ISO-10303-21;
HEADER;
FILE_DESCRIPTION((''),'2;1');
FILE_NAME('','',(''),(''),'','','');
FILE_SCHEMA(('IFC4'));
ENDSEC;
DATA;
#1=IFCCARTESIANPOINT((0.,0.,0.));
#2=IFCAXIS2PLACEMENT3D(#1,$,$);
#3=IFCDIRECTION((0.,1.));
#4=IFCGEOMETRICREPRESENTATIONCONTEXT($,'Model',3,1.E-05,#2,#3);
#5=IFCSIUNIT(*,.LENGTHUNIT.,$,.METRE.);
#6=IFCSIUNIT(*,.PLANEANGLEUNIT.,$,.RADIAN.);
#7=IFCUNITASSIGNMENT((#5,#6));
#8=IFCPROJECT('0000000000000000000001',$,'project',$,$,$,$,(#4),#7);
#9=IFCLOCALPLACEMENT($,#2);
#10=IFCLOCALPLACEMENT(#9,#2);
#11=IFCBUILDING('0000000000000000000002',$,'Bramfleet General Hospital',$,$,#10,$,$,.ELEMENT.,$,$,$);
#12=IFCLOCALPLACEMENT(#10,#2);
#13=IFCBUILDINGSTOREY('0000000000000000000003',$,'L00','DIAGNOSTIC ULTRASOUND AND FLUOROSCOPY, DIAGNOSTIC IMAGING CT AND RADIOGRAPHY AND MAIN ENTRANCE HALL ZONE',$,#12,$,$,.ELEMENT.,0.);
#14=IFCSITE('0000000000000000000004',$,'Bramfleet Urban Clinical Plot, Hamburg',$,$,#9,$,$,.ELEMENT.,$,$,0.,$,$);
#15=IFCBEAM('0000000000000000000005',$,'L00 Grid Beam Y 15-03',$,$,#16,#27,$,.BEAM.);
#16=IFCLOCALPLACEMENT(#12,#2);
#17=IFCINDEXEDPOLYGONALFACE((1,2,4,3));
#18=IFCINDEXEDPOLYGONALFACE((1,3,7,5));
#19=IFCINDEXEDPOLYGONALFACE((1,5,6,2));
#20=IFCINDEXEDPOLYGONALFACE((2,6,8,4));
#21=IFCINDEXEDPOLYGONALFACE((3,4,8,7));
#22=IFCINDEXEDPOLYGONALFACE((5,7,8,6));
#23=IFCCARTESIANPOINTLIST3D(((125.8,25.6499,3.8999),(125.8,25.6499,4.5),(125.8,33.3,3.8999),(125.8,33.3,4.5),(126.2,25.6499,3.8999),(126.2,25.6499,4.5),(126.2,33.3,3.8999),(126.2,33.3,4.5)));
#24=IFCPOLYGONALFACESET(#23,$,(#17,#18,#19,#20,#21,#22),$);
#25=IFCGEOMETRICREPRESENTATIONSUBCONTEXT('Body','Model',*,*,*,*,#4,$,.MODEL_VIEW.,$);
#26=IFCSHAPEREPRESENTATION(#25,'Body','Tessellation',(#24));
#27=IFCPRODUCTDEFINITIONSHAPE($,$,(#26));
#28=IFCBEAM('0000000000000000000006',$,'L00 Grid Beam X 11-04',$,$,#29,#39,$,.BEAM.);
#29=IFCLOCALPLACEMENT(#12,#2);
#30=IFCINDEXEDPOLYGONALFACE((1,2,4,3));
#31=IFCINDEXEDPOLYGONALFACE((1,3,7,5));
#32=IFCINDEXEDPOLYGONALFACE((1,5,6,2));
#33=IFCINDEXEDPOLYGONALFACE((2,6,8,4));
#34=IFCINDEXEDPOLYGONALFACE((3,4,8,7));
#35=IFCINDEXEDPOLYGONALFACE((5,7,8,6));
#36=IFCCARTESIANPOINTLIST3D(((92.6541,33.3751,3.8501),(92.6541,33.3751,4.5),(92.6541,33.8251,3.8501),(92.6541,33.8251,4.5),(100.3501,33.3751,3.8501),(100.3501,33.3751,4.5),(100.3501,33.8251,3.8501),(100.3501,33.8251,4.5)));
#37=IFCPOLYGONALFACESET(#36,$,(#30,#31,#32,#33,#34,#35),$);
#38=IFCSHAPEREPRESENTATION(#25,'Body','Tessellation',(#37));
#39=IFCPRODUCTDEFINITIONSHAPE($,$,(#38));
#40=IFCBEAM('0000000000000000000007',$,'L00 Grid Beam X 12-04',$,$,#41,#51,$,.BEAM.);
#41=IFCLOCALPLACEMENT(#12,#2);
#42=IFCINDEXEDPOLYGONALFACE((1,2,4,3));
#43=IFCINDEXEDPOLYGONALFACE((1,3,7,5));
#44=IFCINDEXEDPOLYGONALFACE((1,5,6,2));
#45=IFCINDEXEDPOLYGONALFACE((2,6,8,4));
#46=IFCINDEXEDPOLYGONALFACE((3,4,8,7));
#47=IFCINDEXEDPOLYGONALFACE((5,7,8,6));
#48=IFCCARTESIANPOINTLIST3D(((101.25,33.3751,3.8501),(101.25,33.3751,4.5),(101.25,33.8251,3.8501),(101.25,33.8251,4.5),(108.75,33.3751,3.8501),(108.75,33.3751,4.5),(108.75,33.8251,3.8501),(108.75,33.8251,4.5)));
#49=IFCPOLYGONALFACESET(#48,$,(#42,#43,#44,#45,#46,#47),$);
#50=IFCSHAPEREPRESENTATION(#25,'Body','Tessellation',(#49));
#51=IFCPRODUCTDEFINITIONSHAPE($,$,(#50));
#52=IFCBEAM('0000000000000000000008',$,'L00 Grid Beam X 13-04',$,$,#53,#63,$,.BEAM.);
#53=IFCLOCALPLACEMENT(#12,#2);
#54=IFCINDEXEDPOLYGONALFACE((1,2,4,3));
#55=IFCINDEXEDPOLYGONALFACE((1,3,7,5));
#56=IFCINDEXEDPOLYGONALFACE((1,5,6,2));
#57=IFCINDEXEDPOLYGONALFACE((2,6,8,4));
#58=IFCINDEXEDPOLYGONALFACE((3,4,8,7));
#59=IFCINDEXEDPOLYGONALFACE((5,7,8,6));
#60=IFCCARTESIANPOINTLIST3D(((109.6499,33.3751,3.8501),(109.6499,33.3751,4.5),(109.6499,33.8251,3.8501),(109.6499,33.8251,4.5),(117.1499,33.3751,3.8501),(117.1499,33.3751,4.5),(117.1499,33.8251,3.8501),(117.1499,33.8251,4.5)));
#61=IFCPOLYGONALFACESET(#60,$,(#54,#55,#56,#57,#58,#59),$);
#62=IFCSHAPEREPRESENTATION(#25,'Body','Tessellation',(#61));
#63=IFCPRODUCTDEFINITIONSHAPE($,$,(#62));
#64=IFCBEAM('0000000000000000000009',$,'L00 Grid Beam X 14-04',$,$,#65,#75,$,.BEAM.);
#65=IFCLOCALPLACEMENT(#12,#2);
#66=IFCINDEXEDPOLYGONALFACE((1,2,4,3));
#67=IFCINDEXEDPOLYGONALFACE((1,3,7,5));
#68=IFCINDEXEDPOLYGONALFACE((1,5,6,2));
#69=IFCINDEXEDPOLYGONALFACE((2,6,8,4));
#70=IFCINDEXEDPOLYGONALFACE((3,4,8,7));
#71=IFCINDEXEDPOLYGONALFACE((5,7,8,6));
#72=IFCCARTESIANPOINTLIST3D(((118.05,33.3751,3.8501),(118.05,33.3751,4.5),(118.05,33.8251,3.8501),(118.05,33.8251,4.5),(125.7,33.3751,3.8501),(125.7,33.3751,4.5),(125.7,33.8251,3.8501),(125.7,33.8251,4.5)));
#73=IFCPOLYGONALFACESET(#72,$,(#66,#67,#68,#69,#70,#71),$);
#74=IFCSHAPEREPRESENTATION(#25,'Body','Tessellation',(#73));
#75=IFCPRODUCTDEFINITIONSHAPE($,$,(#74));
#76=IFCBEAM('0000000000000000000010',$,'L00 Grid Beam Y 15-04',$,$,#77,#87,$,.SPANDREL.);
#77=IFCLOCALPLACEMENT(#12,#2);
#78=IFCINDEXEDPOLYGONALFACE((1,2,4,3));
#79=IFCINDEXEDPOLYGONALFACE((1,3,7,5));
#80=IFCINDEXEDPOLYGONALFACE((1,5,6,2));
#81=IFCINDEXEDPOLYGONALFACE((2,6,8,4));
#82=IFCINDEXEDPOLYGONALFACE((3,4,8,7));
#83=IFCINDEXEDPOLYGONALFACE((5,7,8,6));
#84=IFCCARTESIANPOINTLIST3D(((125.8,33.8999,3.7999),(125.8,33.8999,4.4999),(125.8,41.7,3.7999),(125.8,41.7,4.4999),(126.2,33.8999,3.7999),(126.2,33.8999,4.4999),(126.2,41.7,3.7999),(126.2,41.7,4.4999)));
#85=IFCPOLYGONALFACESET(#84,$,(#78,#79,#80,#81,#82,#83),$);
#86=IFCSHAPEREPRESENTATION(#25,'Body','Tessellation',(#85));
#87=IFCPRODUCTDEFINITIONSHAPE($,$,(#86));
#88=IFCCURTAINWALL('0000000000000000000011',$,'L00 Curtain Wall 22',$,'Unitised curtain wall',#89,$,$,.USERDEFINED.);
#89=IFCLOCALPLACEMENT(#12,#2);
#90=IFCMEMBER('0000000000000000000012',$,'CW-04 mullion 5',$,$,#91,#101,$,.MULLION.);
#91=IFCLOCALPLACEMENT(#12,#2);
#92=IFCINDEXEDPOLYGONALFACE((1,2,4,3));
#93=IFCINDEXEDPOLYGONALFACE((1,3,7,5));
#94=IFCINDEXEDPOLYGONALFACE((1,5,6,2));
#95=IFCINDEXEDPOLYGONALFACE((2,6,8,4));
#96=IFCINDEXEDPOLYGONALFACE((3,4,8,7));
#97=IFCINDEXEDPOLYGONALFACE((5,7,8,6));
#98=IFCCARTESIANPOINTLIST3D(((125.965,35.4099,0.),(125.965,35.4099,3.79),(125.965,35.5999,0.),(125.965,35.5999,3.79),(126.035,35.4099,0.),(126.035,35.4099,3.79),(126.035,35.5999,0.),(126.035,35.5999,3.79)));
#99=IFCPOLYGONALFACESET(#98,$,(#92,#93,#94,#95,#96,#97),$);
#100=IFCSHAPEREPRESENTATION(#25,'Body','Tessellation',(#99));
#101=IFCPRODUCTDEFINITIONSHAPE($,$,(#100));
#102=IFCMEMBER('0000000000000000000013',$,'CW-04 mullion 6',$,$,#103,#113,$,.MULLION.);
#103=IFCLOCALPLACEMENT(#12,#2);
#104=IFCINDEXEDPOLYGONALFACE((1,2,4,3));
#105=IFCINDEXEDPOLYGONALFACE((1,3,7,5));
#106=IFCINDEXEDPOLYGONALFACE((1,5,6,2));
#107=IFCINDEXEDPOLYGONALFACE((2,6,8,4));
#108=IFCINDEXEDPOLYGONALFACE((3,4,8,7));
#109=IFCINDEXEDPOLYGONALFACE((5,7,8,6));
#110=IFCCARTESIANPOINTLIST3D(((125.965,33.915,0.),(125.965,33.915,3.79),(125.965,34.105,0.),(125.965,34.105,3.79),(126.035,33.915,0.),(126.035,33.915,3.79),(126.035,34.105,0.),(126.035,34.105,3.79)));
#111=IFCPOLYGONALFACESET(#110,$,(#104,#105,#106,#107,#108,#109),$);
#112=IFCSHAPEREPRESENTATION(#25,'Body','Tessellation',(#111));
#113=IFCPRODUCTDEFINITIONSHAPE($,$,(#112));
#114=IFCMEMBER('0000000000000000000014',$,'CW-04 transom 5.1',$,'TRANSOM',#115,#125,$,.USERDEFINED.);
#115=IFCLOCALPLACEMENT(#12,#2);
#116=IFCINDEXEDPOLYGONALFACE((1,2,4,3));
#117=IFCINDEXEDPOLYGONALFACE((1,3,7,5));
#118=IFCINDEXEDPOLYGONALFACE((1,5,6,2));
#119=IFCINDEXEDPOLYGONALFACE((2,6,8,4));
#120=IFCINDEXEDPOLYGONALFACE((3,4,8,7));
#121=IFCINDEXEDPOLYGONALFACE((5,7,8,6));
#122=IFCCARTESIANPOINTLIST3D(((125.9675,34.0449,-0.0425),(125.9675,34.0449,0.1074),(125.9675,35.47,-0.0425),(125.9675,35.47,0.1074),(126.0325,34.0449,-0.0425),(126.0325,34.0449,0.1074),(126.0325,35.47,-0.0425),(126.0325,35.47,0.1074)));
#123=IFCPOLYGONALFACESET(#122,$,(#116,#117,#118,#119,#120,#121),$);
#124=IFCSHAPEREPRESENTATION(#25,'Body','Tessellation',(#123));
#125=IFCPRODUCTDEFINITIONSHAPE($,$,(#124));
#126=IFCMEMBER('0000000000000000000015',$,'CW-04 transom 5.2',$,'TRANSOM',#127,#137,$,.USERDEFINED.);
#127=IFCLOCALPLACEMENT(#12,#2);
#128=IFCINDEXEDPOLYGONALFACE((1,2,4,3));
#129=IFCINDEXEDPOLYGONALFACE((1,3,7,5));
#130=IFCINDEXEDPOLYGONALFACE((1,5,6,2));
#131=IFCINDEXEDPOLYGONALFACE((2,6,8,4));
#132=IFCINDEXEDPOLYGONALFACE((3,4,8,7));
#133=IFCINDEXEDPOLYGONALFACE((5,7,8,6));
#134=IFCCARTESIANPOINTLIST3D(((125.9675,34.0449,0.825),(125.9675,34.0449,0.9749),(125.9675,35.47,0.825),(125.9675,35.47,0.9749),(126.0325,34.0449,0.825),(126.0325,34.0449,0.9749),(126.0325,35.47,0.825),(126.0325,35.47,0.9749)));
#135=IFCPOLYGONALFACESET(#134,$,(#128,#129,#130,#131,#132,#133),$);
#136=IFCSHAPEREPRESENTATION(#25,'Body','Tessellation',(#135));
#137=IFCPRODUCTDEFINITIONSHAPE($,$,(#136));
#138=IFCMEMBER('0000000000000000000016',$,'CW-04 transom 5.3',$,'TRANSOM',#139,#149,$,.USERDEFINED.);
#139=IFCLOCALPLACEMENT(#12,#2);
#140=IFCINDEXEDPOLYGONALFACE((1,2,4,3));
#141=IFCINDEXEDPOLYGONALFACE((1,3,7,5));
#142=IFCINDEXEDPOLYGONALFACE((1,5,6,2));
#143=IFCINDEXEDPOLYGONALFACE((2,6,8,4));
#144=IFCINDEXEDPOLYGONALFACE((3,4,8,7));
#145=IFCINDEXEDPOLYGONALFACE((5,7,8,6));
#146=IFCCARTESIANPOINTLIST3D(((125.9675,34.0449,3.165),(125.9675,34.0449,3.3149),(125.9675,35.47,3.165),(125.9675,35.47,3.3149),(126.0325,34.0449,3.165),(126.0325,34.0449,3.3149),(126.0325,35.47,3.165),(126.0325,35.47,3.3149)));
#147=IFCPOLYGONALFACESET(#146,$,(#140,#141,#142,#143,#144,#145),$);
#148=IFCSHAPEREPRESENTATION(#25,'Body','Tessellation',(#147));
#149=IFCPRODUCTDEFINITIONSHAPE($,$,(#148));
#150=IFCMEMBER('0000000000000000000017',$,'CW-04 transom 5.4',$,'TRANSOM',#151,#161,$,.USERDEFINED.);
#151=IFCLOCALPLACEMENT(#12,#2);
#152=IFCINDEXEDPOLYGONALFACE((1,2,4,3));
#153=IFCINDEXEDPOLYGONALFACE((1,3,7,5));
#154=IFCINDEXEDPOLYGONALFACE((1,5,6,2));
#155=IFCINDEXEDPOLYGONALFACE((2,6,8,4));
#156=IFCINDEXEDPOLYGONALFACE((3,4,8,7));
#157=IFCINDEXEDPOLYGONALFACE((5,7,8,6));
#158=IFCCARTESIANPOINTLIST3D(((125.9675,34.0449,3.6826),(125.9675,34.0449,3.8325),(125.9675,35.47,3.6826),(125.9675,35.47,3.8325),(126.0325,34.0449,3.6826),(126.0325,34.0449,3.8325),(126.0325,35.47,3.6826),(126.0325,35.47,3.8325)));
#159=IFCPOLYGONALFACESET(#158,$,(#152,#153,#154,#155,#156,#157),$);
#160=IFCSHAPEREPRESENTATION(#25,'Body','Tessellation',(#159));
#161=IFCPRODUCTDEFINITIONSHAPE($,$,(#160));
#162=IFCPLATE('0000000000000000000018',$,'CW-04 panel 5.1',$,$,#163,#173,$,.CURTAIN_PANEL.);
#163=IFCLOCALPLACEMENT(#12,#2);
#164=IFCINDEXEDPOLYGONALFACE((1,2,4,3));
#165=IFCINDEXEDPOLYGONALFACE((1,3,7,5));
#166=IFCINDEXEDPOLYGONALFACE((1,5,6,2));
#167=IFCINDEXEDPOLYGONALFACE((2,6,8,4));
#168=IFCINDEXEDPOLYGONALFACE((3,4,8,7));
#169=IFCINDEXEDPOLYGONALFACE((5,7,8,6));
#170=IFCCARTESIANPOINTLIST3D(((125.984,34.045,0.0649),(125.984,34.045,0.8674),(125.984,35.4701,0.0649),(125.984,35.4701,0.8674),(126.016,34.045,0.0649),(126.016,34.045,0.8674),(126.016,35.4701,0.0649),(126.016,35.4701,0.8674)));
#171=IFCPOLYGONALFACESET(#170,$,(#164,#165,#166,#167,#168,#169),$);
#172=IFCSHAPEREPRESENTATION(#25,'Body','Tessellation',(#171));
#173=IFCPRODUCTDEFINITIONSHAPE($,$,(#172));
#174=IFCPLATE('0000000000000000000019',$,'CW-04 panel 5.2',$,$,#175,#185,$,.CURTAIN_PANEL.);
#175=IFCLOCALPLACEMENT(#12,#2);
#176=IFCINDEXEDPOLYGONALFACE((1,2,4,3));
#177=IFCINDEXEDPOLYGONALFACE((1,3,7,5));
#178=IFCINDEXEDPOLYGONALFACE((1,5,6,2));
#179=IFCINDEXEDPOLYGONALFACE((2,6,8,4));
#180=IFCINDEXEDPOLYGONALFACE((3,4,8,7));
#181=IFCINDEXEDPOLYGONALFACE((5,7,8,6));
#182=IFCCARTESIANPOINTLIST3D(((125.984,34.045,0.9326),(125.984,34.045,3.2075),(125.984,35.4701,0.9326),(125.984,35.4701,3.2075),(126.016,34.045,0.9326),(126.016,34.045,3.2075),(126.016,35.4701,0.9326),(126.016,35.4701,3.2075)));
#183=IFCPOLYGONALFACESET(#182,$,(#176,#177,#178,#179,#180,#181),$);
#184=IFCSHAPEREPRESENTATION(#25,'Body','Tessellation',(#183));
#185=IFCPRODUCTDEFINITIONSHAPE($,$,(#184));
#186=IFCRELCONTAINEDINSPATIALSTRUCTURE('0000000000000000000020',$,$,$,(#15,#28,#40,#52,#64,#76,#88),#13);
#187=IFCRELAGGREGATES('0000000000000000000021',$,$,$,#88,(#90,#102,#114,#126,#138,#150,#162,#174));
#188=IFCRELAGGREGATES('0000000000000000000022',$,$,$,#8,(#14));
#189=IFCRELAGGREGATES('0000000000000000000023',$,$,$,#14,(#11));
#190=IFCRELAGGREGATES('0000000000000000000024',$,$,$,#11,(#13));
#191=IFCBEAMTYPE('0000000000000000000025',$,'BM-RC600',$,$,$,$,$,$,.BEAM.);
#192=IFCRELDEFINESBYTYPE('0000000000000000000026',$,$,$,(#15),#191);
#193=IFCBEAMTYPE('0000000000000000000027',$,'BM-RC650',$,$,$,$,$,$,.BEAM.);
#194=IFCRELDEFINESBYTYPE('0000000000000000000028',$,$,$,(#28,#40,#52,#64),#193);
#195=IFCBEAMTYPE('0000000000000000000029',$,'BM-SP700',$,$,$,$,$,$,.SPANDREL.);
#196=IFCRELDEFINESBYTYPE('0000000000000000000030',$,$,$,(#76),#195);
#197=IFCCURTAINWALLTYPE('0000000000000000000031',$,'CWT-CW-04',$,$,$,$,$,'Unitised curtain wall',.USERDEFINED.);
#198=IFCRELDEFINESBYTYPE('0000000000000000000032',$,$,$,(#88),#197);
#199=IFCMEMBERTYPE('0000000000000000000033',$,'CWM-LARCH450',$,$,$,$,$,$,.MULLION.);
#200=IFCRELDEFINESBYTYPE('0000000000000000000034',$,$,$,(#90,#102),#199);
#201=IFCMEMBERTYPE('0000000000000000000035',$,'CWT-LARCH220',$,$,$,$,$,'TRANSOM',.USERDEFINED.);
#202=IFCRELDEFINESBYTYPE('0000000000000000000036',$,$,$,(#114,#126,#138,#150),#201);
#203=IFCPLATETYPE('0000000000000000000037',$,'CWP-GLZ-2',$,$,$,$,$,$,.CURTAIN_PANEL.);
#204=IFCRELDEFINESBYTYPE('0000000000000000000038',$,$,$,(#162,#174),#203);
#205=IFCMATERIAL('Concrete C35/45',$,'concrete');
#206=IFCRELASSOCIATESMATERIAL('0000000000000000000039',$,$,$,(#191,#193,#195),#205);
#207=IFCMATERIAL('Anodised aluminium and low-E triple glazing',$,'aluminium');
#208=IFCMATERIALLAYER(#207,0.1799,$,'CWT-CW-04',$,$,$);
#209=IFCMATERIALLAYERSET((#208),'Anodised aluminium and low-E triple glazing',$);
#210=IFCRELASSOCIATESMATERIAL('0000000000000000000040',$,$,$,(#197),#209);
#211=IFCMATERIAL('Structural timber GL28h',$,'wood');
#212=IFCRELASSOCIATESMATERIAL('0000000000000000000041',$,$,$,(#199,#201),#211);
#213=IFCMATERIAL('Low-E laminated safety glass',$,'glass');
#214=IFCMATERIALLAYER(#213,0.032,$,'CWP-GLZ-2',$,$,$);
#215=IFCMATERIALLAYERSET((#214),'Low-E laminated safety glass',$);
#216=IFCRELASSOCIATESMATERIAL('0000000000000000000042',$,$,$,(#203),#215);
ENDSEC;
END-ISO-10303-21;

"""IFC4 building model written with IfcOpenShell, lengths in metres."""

from ifc_helpers import new_model, si_unit, direction, frame, origin, origin_2d, place, context, subcontext, project, spatial, rectangle, extrude, material, layer, layer_set, material_profile, profile_set, type_object, element, aggregate, save


model = new_model("IFC4")

# Units and contexts
model_context = context("Model", 3, precision=1e-05, world=origin(), true_north=direction((0.0, 1.0)))
body_context = subcontext(model_context, "Body", "Model", "MODEL_VIEW")
ifc_project = project(units=[si_unit("LENGTHUNIT", "METRE"), si_unit("PLANEANGLEUNIT", "RADIAN")], contexts=[model_context])

# Site, building, storey
site_placement = place(None, origin())
site = spatial("IfcSite", under=ifc_project, at=site_placement, Name="Bramfleet Urban Clinical Plot, Hamburg", CompositionType="ELEMENT", RefElevation=0.0)
building_placement = place(site_placement, origin())
building = spatial("IfcBuilding", under=site, at=building_placement, Name="Bramfleet General Hospital", CompositionType="ELEMENT")
storey_placement = place(building_placement, origin())
storey = spatial("IfcBuildingStorey", under=building, at=storey_placement, Name="L00", Description="DIAGNOSTIC ULTRASOUND AND FLUOROSCOPY, DIAGNOSTIC IMAGING CT AND RADIOGRAPHY AND MAIN ENTRANCE HALL ZONE", CompositionType="ELEMENT", Elevation=0.0)

# Beams
ifc_material_1 = material(Name="Concrete C35/45", Category="concrete")
ifc_material_profile_1 = material_profile(ifc_material_1, rectangle(XDim=0.3999, YDim=0.6001, at=origin_2d()), Name="RC BM 600x400")
ifc_profile_set_1 = profile_set([ifc_material_profile_1], Name="Concrete C35/45")
beam_type_1 = type_object("IfcBeamType", Name="BM-RC600", PredefinedType="BEAM", material=ifc_profile_set_1)
beam_1_placement = place(storey_placement, frame((126.0, 25.6499, 4.2), z_axis=(0.0, 1.0, 0.0), x_axis=(-1.0, 0.0, 0.0)))
element("IfcBeam", 1, at=beam_1_placement, inside=storey, type_object=beam_type_1, Name="L00 Grid Beam Y 15-03", PredefinedType="BEAM", context=body_context, shape_type="SweptSolid", body=[
    extrude(rectangle(XDim=0.3999, YDim=0.6001, at=origin_2d()), origin(), (0.0, 0.0, 1.0), 7.6501),
])
ifc_material_profile_2 = material_profile(ifc_material_1, rectangle(XDim=0.45, YDim=0.6499, at=origin_2d()), Name="RC BM 650x450")
ifc_profile_set_2 = profile_set([ifc_material_profile_2], Name="Concrete C35/45")
beam_type_2 = type_object("IfcBeamType", Name="BM-RC650", PredefinedType="BEAM", material=ifc_profile_set_2)
beam_2_placement = place(storey_placement, frame((92.6541, 33.6001, 4.175), z_axis=(1.0, 0.0, 0.0), x_axis=(0.0, 1.0, 0.0)))
element("IfcBeam", 2, at=beam_2_placement, inside=storey, type_object=beam_type_2, Name="L00 Grid Beam X 11-04", PredefinedType="BEAM", context=body_context, shape_type="SweptSolid", body=[
    extrude(rectangle(XDim=0.45, YDim=0.6499, at=origin_2d()), origin(), (0.0, 0.0, 1.0), 7.696),
])
for number, where, z_axis, x_axis, name in (
    (3, (101.25, 33.6001, 4.175), (1.0, 0.0, 0.0), (0.0, 1.0, 0.0), "L00 Grid Beam X 12-04"),
    (4, (109.6499, 33.6001, 4.175), (1.0, 0.0, 0.0), (0.0, 1.0, 0.0), "L00 Grid Beam X 13-04"),
):
    element("IfcBeam", number, at=place(storey_placement, frame(where, z_axis=z_axis, x_axis=x_axis)), inside=storey, type_object=beam_type_2, Name=name, PredefinedType="BEAM", context=body_context, shape_type="SweptSolid", body=[
        extrude(rectangle(XDim=0.45, YDim=0.6499, at=origin_2d()), origin(), (0.0, 0.0, 1.0), 7.5),
    ])
beam_3_placement = place(storey_placement, frame((118.05, 33.6001, 4.175), z_axis=(1.0, 0.0, 0.0), x_axis=(0.0, 1.0, 0.0)))
element("IfcBeam", 5, at=beam_3_placement, inside=storey, type_object=beam_type_2, Name="L00 Grid Beam X 14-04", PredefinedType="BEAM", context=body_context, shape_type="SweptSolid", body=[
    extrude(rectangle(XDim=0.45, YDim=0.6499, at=origin_2d()), origin(), (0.0, 0.0, 1.0), 7.6499),
])
ifc_material_profile_3 = material_profile(ifc_material_1, rectangle(XDim=0.3999, YDim=0.7, at=origin_2d()), Name="RC SP 700x400")
ifc_profile_set_3 = profile_set([ifc_material_profile_3], Name="Concrete C35/45")
beam_type_3 = type_object("IfcBeamType", Name="BM-SP700", PredefinedType="SPANDREL", material=ifc_profile_set_3)
beam_4_placement = place(storey_placement, frame((126.0, 33.8999, 4.1499), z_axis=(0.0, 1.0, 0.0), x_axis=(-1.0, 0.0, 0.0)))
element("IfcBeam", 6, at=beam_4_placement, inside=storey, type_object=beam_type_3, Name="L00 Grid Beam Y 15-04", PredefinedType="SPANDREL", context=body_context, shape_type="SweptSolid", body=[
    extrude(rectangle(XDim=0.3999, YDim=0.7, at=origin_2d()), origin(), (0.0, 0.0, 1.0), 7.8),
])

# Curtain wall, members, plates
ifc_material_2 = material(Name="Anodised aluminium and low-E triple glazing", Category="aluminium")
ifc_layer_1 = layer(ifc_material_2, 0.1799, Name="CWT-CW-04")
ifc_layer_set_1 = layer_set([ifc_layer_1], Name="Anodised aluminium and low-E triple glazing")
curtain_wall_type = type_object("IfcCurtainWallType", Name="CWT-CW-04", ElementType="Unitised curtain wall", PredefinedType="USERDEFINED", material=ifc_layer_set_1)
curtain_wall_placement = place(storey_placement, origin())
curtain_wall = element("IfcCurtainWall", 7, at=curtain_wall_placement, inside=storey, type_object=curtain_wall_type, Name="L00 Curtain Wall 22", ObjectType="Unitised curtain wall", PredefinedType="USERDEFINED")
ifc_material_3 = material(Name="Structural timber GL28h", Category="wood")
ifc_material_profile_4 = material_profile(ifc_material_3, rectangle(XDim=0.0701, YDim=0.1899, at=origin_2d()), Name="LARCH 190x70")
ifc_profile_set_4 = profile_set([ifc_material_profile_4], Name="Structural timber GL28h")
member_type_1 = type_object("IfcMemberType", Name="CWM-LARCH450", PredefinedType="MULLION", material=ifc_profile_set_4)
member_1_placement = place(storey_placement, frame((126.0, 35.5049, 0.0), z_axis=(0.0, 0.0, 1.0), x_axis=(1.0, 0.0, 0.0)))
member_1 = element("IfcMember", 8, at=member_1_placement, type_object=member_type_1, Name="CW-04 mullion 5", PredefinedType="MULLION", context=body_context, shape_type="SweptSolid", body=[
    extrude(rectangle(XDim=0.0701, YDim=0.1899, at=origin_2d()), origin(), (0.0, 0.0, 1.0), 3.79),
])
member_2_placement = place(storey_placement, frame((126.0, 34.01, 0.0), z_axis=(0.0, 0.0, 1.0), x_axis=(1.0, 0.0, 0.0)))
member_2 = element("IfcMember", 9, at=member_2_placement, type_object=member_type_1, Name="CW-04 mullion 6", PredefinedType="MULLION", context=body_context, shape_type="SweptSolid", body=[
    extrude(rectangle(XDim=0.0701, YDim=0.1899, at=origin_2d()), origin(), (0.0, 0.0, 1.0), 3.79),
])
ifc_material_profile_5 = material_profile(ifc_material_3, rectangle(XDim=0.0649, YDim=0.1499, at=origin_2d()), Name="LARCH 150x65")
ifc_profile_set_5 = profile_set([ifc_material_profile_5], Name="Structural timber GL28h")
member_type_2 = type_object("IfcMemberType", Name="CWT-LARCH220", ElementType="TRANSOM", PredefinedType="USERDEFINED", material=ifc_profile_set_5)
member_3_placement = place(storey_placement, frame((126.0, 35.47, 0.0325), z_axis=(0.0, -1.0, 0.0), x_axis=(1.0, 0.0, 0.0)))
member_3 = element("IfcMember", 10, at=member_3_placement, type_object=member_type_2, Name="CW-04 transom 5.1", ObjectType="TRANSOM", PredefinedType="USERDEFINED", context=body_context, shape_type="SweptSolid", body=[
    extrude(rectangle(XDim=0.0649, YDim=0.1499, at=origin_2d()), origin(), (0.0, 0.0, 1.0), 1.425),
])
member_4_placement = place(storey_placement, frame((126.0, 35.47, 0.8999), z_axis=(0.0, -1.0, 0.0), x_axis=(1.0, 0.0, 0.0)))
member_4 = element("IfcMember", 11, at=member_4_placement, type_object=member_type_2, Name="CW-04 transom 5.2", ObjectType="TRANSOM", PredefinedType="USERDEFINED", context=body_context, shape_type="SweptSolid", body=[
    extrude(rectangle(XDim=0.0649, YDim=0.1499, at=origin_2d()), origin(), (0.0, 0.0, 1.0), 1.425),
])
member_5_placement = place(storey_placement, frame((126.0, 35.47, 3.24), z_axis=(0.0, -1.0, 0.0), x_axis=(1.0, 0.0, 0.0)))
member_5 = element("IfcMember", 12, at=member_5_placement, type_object=member_type_2, Name="CW-04 transom 5.3", ObjectType="TRANSOM", PredefinedType="USERDEFINED", context=body_context, shape_type="SweptSolid", body=[
    extrude(rectangle(XDim=0.0649, YDim=0.1499, at=origin_2d()), origin(), (0.0, 0.0, 1.0), 1.425),
])
member_6_placement = place(storey_placement, frame((126.0, 35.47, 3.7576), z_axis=(0.0, -1.0, 0.0), x_axis=(1.0, 0.0, 0.0)))
member_6 = element("IfcMember", 13, at=member_6_placement, type_object=member_type_2, Name="CW-04 transom 5.4", ObjectType="TRANSOM", PredefinedType="USERDEFINED", context=body_context, shape_type="SweptSolid", body=[
    extrude(rectangle(XDim=0.0649, YDim=0.1499, at=origin_2d()), origin(), (0.0, 0.0, 1.0), 1.425),
])
ifc_material_4 = material(Name="Low-E laminated safety glass", Category="glass")
ifc_layer_2 = layer(ifc_material_4, 0.032, Name="CWP-GLZ-2")
ifc_layer_set_2 = layer_set([ifc_layer_2], Name="Low-E laminated safety glass")
plate_type = type_object("IfcPlateType", Name="CWP-GLZ-2", PredefinedType="CURTAIN_PANEL", material=ifc_layer_set_2)
plate_1_placement = place(storey_placement, frame((126.0, 34.7576, 0.0649), z_axis=(0.0, 0.0, 1.0), x_axis=(0.0, -1.0, 0.0)))
plate_1 = element("IfcPlate", 14, at=plate_1_placement, type_object=plate_type, Name="CW-04 panel 5.1", PredefinedType="CURTAIN_PANEL", context=body_context, shape_type="SweptSolid", body=[
    extrude(rectangle(XDim=1.425, YDim=0.032, at=origin_2d()), origin(), (0.0, 0.0, 1.0), 0.8025),
])
plate_2_placement = place(storey_placement, frame((126.0, 34.7576, 0.9326), z_axis=(0.0, 0.0, 1.0), x_axis=(0.0, -1.0, 0.0)))
plate_2 = element("IfcPlate", 15, at=plate_2_placement, type_object=plate_type, Name="CW-04 panel 5.2", PredefinedType="CURTAIN_PANEL", context=body_context, shape_type="SweptSolid", body=[
    extrude(rectangle(XDim=1.425, YDim=0.032, at=origin_2d()), origin(), (0.0, 0.0, 1.0), 2.2749),
])
aggregate(curtain_wall, [member_1, member_2, member_3, member_4, member_5, member_6, plate_1, plate_2])

save(model, "model.ifc")
